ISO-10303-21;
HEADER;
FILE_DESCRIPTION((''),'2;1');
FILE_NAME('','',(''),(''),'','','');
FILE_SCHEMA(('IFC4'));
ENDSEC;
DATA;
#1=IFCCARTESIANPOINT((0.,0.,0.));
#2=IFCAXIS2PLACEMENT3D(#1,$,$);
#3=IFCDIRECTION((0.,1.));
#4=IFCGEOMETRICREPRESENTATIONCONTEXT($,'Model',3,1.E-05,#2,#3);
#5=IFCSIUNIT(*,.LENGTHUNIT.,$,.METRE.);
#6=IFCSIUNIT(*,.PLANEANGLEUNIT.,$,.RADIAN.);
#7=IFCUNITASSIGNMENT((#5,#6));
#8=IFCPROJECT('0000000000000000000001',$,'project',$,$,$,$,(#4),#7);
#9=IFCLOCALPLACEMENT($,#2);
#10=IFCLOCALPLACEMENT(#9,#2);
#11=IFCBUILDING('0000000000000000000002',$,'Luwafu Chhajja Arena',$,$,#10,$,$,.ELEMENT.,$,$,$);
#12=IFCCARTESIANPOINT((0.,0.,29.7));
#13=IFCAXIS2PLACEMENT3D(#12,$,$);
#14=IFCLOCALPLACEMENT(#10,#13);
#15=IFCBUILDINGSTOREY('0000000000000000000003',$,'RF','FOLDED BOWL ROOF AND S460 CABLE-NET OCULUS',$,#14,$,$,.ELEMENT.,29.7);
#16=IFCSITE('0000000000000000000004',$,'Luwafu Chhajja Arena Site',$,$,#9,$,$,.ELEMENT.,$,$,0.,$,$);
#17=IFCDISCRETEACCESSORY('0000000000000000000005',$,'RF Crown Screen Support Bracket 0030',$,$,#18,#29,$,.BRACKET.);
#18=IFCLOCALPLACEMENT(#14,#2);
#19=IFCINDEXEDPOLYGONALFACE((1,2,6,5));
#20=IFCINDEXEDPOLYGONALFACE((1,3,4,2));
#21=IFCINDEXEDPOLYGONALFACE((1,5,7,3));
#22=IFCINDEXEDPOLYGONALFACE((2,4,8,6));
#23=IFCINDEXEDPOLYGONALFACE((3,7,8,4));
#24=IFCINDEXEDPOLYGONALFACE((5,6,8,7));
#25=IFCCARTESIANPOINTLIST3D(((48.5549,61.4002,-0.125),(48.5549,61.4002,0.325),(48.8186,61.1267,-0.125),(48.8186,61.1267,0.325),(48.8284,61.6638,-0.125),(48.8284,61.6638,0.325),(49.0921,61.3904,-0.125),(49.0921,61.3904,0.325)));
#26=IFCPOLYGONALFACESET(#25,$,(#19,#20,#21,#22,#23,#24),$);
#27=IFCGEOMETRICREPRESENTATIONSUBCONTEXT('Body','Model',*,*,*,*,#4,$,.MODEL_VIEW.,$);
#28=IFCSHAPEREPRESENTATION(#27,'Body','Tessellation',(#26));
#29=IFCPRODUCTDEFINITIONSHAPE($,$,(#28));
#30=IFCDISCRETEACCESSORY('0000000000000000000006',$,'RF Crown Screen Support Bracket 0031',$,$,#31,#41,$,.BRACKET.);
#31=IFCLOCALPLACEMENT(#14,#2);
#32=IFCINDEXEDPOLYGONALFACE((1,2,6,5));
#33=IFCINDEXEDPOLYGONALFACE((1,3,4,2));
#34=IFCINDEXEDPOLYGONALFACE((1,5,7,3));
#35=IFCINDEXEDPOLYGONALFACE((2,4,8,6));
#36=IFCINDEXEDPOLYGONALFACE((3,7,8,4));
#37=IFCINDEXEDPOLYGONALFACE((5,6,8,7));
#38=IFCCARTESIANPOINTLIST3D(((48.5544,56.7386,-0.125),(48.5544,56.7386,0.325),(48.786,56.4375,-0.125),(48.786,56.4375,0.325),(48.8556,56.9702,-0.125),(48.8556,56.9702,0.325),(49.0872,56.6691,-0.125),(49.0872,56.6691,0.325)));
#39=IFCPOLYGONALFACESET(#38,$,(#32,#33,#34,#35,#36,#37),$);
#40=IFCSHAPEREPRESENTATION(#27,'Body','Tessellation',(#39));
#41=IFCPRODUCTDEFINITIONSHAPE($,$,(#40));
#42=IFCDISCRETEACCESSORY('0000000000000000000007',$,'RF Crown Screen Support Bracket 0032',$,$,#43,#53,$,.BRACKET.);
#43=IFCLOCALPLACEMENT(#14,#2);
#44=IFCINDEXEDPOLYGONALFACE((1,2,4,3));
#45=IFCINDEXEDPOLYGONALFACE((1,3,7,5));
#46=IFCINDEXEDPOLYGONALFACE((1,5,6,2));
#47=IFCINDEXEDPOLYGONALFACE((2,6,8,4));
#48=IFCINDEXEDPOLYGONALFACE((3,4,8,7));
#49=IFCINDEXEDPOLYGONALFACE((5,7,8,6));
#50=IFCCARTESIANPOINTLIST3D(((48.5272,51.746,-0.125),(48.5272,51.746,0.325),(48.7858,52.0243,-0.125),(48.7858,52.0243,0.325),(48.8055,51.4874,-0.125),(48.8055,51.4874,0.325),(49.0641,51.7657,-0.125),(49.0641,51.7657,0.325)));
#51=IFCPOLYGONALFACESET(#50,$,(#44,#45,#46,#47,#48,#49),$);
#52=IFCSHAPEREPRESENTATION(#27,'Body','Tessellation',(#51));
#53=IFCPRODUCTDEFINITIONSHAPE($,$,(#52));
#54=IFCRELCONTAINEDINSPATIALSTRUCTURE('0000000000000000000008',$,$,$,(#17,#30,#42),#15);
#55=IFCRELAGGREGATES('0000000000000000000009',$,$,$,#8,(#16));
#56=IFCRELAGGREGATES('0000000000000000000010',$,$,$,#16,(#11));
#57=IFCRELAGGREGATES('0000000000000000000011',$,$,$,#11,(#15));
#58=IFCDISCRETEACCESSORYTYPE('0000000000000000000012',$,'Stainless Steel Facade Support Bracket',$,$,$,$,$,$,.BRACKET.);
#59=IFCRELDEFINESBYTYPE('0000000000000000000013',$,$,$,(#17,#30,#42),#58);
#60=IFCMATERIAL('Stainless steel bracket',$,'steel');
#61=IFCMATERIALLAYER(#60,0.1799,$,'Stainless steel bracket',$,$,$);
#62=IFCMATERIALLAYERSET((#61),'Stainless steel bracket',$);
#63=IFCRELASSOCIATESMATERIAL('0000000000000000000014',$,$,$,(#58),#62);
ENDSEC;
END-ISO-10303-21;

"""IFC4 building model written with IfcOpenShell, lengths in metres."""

from ifc_helpers import new_model, si_unit, direction, frame, origin, origin_2d, place, context, subcontext, project, spatial, rectangle, extrude, material, layer, layer_set, type_object, element, save


model = new_model("IFC4")

# Units and contexts
model_context = context("Model", 3, precision=1e-05, world=origin(), true_north=direction((0.0, 1.0)))
body_context = subcontext(model_context, "Body", "Model", "MODEL_VIEW")
ifc_project = project(units=[si_unit("LENGTHUNIT", "METRE"), si_unit("PLANEANGLEUNIT", "RADIAN")], contexts=[model_context])

# Site, building, storey
site_placement = place(None, origin())
site = spatial("IfcSite", under=ifc_project, at=site_placement, Name="Luwafu Chhajja Arena Site", CompositionType="ELEMENT", RefElevation=0.0)
building_placement = place(site_placement, origin())
building = spatial("IfcBuilding", under=site, at=building_placement, Name="Luwafu Chhajja Arena", CompositionType="ELEMENT")
storey_placement = place(building_placement, frame((0.0, 0.0, 29.7)))
storey = spatial("IfcBuildingStorey", under=building, at=storey_placement, Name="RF", Description="FOLDED BOWL ROOF AND S460 CABLE-NET OCULUS", CompositionType="ELEMENT", Elevation=29.7)

# Discrete accessories
ifc_material_1 = material(Name="Stainless steel bracket", Category="steel")
ifc_layer_1 = layer(ifc_material_1, 0.1799, Name="Stainless steel bracket")
ifc_layer_set_1 = layer_set([ifc_layer_1], Name="Stainless steel bracket")
discrete_accessory_type = type_object("IfcDiscreteAccessoryType", Name="Stainless Steel Facade Support Bracket", PredefinedType="BRACKET", material=ifc_layer_set_1)
for number, where, z_axis, x_axis, name in (
    (1, (48.8235, 61.3953, -0.125), (0.0, 0.0, 1.0), (-0.719888, -0.69409, 0.0), "RF Crown Screen Support Bracket 0030"),
    (2, (48.8208, 56.7039, -0.125), (0.0, 0.0, 1.0), (0.609653, -0.792668, 0.0), "RF Crown Screen Support Bracket 0031"),
    (3, (48.7957, 51.7559, -0.125), (0.0, 0.0, 1.0), (-0.680631, -0.732626, 0.0), "RF Crown Screen Support Bracket 0032"),
):
    element("IfcDiscreteAccessory", number, at=place(storey_placement, frame(where, z_axis=z_axis, x_axis=x_axis)), inside=storey, type_object=discrete_accessory_type, Name=name, PredefinedType="BRACKET", context=body_context, shape_type="SweptSolid", body=[
        extrude(rectangle(XDim=0.3799, YDim=0.3799, at=origin_2d()), origin(), (0.0, 0.0, 1.0), 0.45),
    ])

save(model, "model.ifc")
